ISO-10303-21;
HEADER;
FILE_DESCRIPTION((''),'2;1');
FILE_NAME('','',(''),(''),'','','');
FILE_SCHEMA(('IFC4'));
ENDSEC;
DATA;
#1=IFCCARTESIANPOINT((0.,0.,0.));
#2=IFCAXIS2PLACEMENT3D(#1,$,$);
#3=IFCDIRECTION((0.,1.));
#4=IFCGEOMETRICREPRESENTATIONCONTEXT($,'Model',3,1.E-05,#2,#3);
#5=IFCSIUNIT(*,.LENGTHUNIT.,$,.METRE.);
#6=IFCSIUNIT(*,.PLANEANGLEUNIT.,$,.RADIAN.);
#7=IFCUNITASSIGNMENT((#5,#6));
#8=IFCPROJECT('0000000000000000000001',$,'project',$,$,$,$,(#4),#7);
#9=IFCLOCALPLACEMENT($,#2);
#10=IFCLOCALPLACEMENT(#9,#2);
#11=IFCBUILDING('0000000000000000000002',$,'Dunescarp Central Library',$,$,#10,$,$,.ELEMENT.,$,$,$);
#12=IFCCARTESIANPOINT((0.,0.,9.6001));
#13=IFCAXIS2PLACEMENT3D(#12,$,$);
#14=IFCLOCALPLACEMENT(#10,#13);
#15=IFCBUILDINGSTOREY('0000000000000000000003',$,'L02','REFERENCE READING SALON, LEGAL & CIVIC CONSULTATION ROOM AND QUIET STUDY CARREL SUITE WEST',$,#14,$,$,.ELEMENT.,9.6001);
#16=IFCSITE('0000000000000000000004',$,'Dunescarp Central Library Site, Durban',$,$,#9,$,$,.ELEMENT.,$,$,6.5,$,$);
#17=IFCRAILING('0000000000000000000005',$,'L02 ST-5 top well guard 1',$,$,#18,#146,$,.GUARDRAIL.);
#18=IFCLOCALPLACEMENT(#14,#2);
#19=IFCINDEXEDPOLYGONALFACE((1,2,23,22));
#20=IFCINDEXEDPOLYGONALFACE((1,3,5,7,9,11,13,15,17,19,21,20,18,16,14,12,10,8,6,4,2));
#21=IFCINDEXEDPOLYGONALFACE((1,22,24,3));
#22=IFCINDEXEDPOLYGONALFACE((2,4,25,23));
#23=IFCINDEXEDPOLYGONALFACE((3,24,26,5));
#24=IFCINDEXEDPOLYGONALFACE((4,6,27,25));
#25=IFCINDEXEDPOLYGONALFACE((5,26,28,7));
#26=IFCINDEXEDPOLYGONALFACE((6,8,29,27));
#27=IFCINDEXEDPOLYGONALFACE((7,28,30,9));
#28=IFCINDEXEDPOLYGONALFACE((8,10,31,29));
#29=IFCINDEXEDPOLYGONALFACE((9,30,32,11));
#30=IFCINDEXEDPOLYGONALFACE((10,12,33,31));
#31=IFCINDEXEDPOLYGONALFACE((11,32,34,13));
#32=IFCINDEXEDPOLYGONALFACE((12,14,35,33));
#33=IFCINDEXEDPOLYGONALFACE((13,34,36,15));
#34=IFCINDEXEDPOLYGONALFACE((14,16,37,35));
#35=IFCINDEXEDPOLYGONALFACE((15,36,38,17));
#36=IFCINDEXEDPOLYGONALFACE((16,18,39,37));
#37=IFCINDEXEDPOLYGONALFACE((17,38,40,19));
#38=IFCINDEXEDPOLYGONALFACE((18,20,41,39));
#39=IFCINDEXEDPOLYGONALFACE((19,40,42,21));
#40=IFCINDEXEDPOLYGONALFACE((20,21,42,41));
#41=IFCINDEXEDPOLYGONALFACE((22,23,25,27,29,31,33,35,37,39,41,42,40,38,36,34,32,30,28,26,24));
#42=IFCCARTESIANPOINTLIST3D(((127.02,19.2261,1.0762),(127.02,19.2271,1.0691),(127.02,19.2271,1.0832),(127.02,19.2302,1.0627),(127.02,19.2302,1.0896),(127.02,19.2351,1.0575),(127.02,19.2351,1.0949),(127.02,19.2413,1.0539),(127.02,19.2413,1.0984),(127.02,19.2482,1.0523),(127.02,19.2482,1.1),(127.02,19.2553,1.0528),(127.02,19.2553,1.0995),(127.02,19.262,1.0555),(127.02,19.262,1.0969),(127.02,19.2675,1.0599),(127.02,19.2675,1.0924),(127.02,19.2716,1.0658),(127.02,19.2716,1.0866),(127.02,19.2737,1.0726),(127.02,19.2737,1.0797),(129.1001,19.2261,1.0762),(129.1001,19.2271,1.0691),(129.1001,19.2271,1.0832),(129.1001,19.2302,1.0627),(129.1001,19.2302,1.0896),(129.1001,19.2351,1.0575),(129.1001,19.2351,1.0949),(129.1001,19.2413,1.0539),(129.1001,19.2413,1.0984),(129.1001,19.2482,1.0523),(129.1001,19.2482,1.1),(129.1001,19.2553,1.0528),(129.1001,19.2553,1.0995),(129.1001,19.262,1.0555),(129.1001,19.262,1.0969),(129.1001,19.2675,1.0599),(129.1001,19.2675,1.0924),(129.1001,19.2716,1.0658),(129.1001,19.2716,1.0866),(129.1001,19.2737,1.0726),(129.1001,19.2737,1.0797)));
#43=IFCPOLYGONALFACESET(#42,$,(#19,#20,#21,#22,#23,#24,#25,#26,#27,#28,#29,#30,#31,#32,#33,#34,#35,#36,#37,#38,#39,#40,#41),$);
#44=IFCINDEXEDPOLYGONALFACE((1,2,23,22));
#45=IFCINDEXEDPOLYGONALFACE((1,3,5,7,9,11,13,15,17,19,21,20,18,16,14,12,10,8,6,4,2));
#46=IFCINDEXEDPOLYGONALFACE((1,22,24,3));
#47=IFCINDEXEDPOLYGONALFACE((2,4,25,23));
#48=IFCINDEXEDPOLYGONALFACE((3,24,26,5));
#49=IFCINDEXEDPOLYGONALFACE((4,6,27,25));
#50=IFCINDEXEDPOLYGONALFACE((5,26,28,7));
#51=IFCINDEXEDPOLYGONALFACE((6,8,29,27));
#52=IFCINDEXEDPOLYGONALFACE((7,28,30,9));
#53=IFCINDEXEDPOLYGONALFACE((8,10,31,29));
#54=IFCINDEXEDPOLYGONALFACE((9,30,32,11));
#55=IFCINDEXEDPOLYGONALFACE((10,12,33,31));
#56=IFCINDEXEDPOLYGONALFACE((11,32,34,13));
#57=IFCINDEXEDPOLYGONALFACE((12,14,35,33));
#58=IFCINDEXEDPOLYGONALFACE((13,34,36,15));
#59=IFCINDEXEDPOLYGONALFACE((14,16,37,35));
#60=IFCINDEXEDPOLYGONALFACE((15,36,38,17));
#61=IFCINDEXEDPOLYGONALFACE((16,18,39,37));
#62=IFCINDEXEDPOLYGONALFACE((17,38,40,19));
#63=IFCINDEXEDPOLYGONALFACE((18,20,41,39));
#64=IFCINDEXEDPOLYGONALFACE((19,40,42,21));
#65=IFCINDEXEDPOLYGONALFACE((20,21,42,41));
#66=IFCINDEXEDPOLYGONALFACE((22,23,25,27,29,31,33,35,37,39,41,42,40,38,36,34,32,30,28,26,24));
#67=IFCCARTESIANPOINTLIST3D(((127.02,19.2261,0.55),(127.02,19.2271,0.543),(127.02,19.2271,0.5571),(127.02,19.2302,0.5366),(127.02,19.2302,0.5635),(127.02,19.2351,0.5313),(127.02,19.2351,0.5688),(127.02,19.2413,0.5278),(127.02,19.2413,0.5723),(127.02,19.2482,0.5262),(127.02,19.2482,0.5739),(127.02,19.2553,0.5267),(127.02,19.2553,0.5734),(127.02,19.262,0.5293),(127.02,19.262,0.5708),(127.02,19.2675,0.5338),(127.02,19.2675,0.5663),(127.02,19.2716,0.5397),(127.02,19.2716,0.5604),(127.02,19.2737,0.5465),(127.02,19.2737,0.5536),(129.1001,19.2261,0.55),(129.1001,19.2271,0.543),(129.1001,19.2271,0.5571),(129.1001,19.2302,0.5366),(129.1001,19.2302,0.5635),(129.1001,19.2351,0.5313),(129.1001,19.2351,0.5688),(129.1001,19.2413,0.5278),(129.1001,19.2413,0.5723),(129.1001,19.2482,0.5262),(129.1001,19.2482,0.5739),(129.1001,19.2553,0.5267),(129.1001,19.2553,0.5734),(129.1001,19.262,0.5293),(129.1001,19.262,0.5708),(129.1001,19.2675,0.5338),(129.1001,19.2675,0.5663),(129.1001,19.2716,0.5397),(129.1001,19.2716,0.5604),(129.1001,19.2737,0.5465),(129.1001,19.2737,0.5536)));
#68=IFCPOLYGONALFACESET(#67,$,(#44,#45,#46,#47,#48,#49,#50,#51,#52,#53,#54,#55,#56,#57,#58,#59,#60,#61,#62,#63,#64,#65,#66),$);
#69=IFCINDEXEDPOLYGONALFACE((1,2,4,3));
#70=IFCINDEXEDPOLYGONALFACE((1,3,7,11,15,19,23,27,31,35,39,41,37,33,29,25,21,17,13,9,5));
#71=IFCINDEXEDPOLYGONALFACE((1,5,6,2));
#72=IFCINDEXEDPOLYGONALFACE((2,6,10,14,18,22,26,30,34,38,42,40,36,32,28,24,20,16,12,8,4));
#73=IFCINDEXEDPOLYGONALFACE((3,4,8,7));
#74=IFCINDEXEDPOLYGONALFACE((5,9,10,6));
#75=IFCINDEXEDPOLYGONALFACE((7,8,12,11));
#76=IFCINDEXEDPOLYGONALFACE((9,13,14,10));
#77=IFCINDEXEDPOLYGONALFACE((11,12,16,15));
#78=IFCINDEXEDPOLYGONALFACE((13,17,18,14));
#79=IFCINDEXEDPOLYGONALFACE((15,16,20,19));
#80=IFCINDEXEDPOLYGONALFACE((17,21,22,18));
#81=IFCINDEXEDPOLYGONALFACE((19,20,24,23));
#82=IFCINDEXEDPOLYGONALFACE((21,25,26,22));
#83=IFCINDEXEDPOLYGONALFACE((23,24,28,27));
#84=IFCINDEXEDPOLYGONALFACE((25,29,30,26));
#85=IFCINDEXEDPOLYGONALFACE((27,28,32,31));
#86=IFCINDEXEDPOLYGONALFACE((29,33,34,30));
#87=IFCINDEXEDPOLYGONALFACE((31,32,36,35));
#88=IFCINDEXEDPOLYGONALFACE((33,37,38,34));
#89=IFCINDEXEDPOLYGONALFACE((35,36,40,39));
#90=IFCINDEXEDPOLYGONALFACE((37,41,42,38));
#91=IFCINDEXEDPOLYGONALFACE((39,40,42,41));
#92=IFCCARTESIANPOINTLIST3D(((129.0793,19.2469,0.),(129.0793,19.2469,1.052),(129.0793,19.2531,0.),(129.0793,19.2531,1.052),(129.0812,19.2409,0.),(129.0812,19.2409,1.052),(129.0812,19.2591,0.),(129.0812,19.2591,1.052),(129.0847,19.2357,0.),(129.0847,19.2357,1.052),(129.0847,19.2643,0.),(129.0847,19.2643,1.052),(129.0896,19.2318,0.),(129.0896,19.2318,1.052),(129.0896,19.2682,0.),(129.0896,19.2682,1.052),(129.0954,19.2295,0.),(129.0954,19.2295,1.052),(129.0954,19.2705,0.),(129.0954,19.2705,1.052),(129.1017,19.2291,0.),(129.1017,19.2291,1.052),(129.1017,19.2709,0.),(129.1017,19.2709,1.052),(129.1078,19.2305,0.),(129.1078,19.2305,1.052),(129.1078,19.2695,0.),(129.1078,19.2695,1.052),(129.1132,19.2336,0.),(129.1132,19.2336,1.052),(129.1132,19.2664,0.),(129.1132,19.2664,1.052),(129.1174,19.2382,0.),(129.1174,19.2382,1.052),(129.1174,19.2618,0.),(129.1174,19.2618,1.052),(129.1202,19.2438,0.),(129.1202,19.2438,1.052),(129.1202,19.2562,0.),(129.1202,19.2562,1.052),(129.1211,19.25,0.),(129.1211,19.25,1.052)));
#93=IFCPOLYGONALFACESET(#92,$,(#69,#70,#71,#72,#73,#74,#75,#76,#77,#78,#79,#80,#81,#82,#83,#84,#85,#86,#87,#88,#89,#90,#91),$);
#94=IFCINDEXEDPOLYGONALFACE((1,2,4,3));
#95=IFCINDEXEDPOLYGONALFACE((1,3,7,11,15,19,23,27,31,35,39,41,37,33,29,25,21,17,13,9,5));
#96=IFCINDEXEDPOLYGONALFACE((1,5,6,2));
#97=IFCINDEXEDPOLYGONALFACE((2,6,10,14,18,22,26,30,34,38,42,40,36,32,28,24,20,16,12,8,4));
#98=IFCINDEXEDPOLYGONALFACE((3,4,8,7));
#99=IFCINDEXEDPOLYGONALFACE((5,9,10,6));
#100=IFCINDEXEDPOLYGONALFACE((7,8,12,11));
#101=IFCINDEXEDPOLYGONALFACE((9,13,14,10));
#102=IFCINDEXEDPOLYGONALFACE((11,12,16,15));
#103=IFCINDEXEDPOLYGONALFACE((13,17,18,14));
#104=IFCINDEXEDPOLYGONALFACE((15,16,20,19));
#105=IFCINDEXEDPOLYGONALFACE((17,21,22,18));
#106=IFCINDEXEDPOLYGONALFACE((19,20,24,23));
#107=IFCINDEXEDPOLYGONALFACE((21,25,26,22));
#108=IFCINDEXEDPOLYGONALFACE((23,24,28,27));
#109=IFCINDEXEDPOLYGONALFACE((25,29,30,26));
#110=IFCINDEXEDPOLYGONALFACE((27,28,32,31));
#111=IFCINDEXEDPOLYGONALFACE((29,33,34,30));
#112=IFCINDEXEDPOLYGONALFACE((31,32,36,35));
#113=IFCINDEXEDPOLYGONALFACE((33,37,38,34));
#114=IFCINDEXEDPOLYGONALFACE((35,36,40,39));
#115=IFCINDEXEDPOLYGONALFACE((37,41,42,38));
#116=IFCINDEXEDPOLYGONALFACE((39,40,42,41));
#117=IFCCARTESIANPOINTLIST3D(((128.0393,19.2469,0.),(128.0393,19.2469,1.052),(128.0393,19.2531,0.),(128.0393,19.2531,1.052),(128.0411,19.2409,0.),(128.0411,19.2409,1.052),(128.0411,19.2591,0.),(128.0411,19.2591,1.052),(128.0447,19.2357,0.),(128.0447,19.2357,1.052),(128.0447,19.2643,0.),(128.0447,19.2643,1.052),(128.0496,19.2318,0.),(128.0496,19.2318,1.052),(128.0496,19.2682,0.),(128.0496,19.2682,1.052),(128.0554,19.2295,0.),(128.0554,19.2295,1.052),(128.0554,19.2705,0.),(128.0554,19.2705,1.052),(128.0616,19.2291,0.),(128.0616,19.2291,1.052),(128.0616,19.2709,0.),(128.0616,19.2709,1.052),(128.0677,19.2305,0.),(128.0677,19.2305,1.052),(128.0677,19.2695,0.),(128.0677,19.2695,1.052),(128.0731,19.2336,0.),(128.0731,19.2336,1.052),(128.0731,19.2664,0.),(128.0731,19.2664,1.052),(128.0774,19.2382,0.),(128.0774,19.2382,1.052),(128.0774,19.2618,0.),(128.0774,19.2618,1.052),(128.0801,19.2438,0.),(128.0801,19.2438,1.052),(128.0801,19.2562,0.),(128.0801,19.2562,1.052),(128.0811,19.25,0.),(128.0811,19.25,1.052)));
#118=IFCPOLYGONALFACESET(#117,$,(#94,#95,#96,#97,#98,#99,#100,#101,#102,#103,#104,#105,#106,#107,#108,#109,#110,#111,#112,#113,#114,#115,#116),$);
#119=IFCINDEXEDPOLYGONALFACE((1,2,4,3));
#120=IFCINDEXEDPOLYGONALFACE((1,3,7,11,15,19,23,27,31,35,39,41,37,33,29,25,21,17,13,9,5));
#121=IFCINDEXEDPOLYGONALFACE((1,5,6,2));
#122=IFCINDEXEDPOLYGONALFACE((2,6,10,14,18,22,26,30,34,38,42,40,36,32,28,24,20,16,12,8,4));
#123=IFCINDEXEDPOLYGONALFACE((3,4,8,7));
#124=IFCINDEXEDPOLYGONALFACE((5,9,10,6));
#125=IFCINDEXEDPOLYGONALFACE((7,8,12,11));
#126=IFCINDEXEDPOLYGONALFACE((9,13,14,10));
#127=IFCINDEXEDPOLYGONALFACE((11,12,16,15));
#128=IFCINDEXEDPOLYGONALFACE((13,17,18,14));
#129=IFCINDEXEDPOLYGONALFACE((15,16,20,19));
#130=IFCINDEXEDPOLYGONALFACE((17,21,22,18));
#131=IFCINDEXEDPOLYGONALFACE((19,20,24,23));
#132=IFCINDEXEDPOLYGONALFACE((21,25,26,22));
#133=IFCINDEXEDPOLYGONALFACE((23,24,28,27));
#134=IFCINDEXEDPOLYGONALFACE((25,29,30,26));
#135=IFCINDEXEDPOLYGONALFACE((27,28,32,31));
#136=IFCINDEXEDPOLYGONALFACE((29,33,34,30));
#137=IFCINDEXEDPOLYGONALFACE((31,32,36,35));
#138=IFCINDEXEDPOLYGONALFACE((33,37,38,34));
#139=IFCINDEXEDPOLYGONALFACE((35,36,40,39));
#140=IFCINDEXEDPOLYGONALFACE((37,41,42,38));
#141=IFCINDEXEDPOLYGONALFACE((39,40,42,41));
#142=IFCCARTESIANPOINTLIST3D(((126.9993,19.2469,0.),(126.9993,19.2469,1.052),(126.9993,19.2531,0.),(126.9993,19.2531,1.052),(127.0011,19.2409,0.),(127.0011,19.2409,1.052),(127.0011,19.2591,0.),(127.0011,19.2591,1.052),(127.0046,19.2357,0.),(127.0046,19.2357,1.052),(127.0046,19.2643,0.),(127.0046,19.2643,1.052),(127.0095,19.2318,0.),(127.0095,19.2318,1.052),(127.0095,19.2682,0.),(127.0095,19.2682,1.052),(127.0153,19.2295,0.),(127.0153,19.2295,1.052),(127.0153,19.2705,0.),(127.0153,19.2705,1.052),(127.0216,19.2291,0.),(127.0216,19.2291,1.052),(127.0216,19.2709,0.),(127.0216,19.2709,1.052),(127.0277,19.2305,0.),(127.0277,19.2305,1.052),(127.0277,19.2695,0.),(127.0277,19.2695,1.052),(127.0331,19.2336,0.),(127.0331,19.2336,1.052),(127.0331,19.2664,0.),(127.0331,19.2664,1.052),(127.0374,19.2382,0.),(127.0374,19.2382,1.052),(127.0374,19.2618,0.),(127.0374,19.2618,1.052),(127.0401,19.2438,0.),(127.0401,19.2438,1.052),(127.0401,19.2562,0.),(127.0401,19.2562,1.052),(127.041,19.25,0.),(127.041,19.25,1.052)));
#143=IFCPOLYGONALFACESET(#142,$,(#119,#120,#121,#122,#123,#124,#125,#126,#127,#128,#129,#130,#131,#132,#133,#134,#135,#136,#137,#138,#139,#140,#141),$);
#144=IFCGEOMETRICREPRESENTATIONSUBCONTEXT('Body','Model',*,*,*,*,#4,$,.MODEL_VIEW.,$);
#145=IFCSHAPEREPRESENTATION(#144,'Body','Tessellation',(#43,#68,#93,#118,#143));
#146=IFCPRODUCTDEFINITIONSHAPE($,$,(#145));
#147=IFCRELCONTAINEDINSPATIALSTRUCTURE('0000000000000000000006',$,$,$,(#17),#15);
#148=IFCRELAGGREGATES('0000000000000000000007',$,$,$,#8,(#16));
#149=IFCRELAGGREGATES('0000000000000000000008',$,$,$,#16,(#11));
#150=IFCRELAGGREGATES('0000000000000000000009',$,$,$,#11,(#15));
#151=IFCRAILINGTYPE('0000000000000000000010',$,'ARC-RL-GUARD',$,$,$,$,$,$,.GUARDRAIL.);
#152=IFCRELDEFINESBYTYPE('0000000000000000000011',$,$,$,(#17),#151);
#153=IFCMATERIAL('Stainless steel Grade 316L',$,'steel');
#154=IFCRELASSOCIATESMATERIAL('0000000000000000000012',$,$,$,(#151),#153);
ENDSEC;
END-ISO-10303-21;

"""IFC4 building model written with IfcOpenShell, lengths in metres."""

from ifc_helpers import new_model, si_unit, direction, frame, origin, origin_2d, place, context, subcontext, project, spatial, circle, extrude, material, type_object, element, save


model = new_model("IFC4")

# Units and contexts
model_context = context("Model", 3, precision=1e-05, world=origin(), true_north=direction((0.0, 1.0)))
body_context = subcontext(model_context, "Body", "Model", "MODEL_VIEW")
ifc_project = project(units=[si_unit("LENGTHUNIT", "METRE"), si_unit("PLANEANGLEUNIT", "RADIAN")], contexts=[model_context])

# Site, building, storey
site_placement = place(None, origin())
site = spatial("IfcSite", under=ifc_project, at=site_placement, Name="Dunescarp Central Library Site, Durban", CompositionType="ELEMENT", RefElevation=6.5)
building_placement = place(site_placement, origin())
building = spatial("IfcBuilding", under=site, at=building_placement, Name="Dunescarp Central Library", CompositionType="ELEMENT")
storey_placement = place(building_placement, frame((0.0, 0.0, 9.6001)))
storey = spatial("IfcBuildingStorey", under=building, at=storey_placement, Name="L02", Description="REFERENCE READING SALON, LEGAL & CIVIC CONSULTATION ROOM AND QUIET STUDY CARREL SUITE WEST", CompositionType="ELEMENT", Elevation=9.6001)

# Railing
ifc_material_1 = material(Name="Stainless steel Grade 316L", Category="steel")
railing_type = type_object("IfcRailingType", Name="ARC-RL-GUARD", PredefinedType="GUARDRAIL", material=ifc_material_1)
railing_placement = place(storey_placement, frame((129.1001, 19.25, 0.0)))
element("IfcRailing", 1, at=railing_placement, inside=storey, type_object=railing_type, Name="L02 ST-5 top well guard 1", PredefinedType="GUARDRAIL", context=body_context, shape_type="SweptSolid", body=[
    extrude(circle(Radius=0.0239, at=origin_2d()), frame((0.0, 0.0, 1.0762), z_axis=(-1.0, 0.0, 0.0), x_axis=(0.0, -1.0, 0.0)), (0.0, 0.0, 1.0), 2.0801),
    extrude(circle(Radius=0.0239, at=origin_2d()), frame((0.0, 0.0, 0.55), z_axis=(-1.0, 0.0, 0.0), x_axis=(0.0, -1.0, 0.0)), (0.0, 0.0, 1.0), 2.0801),
    extrude(circle(Radius=0.021, at=origin_2d()), origin(), (0.0, 0.0, 1.0), 1.052),
    extrude(circle(Radius=0.021, at=origin_2d()), frame((-1.04, 0.0, 0.0)), (0.0, 0.0, 1.0), 1.052),
    extrude(circle(Radius=0.021, at=origin_2d()), frame((-2.0801, 0.0, 0.0)), (0.0, 0.0, 1.0), 1.052),
])

save(model, "model.ifc")
